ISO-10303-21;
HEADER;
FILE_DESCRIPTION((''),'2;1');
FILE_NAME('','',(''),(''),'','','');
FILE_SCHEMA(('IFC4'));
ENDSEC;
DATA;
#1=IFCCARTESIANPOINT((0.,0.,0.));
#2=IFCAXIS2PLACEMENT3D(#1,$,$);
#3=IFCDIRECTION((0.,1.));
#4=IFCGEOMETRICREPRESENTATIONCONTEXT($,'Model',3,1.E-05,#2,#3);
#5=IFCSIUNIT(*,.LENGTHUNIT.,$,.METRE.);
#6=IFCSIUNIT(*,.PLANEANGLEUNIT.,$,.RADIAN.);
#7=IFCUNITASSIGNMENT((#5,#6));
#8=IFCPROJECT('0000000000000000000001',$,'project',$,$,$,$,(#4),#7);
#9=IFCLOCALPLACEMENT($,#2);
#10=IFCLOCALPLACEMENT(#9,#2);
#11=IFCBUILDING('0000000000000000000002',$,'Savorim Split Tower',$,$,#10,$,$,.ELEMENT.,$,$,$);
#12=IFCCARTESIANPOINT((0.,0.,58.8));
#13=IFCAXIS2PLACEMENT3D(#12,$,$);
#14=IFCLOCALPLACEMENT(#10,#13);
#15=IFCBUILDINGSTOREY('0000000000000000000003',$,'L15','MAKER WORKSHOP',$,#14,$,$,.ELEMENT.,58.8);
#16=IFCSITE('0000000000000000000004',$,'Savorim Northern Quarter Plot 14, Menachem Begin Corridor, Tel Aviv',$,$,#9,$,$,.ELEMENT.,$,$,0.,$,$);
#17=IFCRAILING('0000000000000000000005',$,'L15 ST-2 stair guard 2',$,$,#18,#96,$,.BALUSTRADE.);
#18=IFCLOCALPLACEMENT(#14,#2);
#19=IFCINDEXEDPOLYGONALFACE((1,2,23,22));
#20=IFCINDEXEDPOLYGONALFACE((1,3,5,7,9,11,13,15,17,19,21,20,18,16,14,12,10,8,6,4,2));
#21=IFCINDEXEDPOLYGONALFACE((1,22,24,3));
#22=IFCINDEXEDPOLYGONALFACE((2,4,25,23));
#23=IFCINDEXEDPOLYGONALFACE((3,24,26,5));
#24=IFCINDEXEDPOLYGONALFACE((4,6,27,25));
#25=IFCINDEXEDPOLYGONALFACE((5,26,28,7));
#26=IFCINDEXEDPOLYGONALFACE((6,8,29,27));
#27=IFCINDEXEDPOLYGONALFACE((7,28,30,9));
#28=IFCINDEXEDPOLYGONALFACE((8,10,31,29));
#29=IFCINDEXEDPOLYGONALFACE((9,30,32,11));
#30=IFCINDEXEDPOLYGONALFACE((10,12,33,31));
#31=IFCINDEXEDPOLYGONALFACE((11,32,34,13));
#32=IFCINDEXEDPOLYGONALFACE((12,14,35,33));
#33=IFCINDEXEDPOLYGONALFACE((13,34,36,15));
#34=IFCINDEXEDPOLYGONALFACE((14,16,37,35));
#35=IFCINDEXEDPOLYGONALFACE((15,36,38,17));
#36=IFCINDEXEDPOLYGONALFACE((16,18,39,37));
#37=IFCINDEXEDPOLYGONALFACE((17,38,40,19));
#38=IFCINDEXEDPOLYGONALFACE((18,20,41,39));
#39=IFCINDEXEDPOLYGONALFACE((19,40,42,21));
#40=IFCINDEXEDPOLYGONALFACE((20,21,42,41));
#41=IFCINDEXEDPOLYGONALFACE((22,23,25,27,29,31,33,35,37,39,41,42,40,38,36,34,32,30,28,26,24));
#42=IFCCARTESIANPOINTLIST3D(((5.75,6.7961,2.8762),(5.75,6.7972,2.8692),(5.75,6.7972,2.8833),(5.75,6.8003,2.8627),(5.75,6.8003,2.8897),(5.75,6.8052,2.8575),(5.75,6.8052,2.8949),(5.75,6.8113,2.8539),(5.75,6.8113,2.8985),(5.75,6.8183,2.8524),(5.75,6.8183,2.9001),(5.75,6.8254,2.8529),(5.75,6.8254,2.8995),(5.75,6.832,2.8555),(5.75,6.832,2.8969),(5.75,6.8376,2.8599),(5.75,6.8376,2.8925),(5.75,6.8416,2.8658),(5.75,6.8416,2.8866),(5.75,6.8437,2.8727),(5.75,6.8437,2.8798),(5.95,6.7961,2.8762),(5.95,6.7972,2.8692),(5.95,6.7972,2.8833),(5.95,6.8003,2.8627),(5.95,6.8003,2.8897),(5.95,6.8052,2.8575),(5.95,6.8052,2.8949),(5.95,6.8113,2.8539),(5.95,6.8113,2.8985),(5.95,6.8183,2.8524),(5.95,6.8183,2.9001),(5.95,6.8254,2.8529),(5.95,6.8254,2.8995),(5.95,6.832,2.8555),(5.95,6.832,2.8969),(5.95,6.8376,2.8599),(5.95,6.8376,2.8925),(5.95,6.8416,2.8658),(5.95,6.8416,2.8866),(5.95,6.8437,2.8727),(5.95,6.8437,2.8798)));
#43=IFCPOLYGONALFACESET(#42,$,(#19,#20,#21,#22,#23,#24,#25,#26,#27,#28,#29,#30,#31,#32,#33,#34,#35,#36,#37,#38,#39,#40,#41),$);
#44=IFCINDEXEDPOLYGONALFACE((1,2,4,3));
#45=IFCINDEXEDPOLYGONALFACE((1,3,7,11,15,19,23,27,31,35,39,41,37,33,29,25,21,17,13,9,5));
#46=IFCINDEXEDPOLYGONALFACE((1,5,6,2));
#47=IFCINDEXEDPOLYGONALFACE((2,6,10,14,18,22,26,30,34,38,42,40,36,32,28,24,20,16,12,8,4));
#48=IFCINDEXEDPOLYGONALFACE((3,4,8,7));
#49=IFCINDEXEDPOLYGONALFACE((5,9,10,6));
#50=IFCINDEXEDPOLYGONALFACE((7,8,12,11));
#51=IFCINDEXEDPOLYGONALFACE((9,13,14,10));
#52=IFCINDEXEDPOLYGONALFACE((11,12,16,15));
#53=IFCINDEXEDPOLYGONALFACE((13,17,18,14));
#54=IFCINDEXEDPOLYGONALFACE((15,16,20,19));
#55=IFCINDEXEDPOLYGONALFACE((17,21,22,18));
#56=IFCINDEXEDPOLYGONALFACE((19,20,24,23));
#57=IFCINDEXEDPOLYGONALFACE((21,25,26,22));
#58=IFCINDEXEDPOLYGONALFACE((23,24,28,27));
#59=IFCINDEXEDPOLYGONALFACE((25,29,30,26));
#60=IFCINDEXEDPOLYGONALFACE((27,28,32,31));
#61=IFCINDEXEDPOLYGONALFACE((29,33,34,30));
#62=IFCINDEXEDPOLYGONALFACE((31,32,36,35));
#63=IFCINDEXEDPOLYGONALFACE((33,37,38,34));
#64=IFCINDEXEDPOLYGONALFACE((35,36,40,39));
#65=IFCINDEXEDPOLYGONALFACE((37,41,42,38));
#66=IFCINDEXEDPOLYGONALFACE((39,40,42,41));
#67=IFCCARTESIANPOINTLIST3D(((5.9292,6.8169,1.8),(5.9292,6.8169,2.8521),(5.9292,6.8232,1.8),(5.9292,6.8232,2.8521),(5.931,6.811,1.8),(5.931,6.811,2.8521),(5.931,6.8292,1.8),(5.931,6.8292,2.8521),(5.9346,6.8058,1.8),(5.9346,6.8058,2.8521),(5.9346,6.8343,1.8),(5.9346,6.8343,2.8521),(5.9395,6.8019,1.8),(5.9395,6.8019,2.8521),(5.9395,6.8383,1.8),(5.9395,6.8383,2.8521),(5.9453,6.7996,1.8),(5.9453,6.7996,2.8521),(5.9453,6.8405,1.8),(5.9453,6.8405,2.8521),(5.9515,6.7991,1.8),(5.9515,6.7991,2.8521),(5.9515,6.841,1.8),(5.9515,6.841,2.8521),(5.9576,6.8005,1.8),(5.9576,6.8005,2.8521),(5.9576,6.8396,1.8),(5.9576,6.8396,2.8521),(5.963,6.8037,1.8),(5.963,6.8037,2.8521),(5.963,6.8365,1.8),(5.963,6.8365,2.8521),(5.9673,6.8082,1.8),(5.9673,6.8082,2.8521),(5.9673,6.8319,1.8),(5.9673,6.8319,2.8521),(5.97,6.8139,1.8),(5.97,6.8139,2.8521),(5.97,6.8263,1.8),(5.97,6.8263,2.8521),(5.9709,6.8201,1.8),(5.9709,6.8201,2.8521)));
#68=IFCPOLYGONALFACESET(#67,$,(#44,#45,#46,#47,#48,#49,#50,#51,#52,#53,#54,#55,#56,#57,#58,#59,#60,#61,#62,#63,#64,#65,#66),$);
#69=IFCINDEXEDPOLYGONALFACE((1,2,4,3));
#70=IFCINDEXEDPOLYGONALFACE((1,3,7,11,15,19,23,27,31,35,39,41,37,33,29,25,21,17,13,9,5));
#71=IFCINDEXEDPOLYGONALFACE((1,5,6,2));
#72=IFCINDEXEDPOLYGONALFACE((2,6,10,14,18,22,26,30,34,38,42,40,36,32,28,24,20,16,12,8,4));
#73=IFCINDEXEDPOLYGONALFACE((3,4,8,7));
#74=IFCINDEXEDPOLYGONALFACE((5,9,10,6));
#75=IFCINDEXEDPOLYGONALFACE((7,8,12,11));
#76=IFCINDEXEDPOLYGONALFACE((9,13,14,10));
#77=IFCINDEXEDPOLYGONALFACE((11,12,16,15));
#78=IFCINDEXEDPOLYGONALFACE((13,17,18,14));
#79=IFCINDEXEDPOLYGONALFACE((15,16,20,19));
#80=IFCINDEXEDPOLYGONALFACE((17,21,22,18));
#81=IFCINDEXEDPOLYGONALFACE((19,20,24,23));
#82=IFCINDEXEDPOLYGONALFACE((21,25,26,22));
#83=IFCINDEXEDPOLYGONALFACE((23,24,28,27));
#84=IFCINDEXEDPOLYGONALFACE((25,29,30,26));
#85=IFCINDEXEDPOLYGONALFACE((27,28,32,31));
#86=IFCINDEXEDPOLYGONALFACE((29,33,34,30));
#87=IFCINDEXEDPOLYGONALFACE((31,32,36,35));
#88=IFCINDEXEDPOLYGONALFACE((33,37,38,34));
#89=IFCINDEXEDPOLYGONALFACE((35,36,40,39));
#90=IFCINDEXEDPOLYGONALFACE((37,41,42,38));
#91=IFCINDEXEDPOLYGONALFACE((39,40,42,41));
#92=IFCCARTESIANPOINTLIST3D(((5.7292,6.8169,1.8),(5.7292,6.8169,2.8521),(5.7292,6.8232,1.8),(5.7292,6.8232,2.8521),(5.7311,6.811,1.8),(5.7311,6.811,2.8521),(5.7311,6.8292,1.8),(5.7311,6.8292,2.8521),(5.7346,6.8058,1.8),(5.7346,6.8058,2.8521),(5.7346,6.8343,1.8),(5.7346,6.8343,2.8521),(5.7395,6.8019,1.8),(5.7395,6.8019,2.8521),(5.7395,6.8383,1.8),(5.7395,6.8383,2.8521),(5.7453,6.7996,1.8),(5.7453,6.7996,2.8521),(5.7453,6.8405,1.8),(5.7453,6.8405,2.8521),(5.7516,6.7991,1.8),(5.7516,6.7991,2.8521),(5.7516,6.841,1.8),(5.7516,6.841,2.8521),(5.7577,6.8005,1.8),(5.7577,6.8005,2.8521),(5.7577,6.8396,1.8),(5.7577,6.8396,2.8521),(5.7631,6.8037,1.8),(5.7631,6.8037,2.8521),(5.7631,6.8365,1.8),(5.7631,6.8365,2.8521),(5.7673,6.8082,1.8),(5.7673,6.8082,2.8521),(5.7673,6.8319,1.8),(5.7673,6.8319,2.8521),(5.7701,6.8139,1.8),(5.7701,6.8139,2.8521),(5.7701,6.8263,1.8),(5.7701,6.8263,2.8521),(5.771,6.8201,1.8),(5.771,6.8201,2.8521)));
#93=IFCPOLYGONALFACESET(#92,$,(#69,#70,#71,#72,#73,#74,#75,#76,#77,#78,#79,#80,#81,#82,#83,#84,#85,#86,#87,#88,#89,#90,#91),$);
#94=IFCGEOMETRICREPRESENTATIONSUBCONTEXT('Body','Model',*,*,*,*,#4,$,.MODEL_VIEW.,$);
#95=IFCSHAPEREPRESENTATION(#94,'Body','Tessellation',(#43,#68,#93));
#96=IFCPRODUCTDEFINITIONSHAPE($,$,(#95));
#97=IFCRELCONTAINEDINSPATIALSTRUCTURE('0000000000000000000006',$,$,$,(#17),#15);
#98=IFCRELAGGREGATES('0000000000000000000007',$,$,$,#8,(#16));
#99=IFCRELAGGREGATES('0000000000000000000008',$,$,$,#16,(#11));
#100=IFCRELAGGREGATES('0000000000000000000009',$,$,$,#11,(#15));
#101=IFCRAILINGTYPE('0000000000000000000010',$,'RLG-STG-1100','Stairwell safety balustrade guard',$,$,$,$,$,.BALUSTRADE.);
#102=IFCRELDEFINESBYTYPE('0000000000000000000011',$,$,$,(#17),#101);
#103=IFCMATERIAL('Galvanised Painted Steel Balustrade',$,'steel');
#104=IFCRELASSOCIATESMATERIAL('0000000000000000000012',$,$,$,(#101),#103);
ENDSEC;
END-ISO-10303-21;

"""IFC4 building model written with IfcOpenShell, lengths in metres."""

from ifc_helpers import new_model, si_unit, direction, frame, origin, origin_2d, place, context, subcontext, project, spatial, circle, extrude, material, type_object, element, save


model = new_model("IFC4")

# Units and contexts
model_context = context("Model", 3, precision=1e-05, world=origin(), true_north=direction((0.0, 1.0)))
body_context = subcontext(model_context, "Body", "Model", "MODEL_VIEW")
ifc_project = project(units=[si_unit("LENGTHUNIT", "METRE"), si_unit("PLANEANGLEUNIT", "RADIAN")], contexts=[model_context])

# Site, building, storey
site_placement = place(None, origin())
site = spatial("IfcSite", under=ifc_project, at=site_placement, Name="Savorim Northern Quarter Plot 14, Menachem Begin Corridor, Tel Aviv", CompositionType="ELEMENT", RefElevation=0.0)
building_placement = place(site_placement, origin())
building = spatial("IfcBuilding", under=site, at=building_placement, Name="Savorim Split Tower", CompositionType="ELEMENT")
storey_placement = place(building_placement, frame((0.0, 0.0, 58.8)))
storey = spatial("IfcBuildingStorey", under=building, at=storey_placement, Name="L15", Description="MAKER WORKSHOP", CompositionType="ELEMENT", Elevation=58.8)

# Railing
ifc_material_1 = material(Name="Galvanised Painted Steel Balustrade", Category="steel")
railing_type_1 = type_object("IfcRailingType", Name="RLG-STG-1100", Description="Stairwell safety balustrade guard", PredefinedType="BALUSTRADE", material=ifc_material_1)
railing_1_placement = place(storey_placement, frame((5.95, 6.8201, 1.8)))
element("IfcRailing", 1, at=railing_1_placement, inside=storey, type_object=railing_type_1, Name="L15 ST-2 stair guard 2", PredefinedType="BALUSTRADE", context=body_context, shape_type="SweptSolid", body=[
    extrude(circle(Radius=0.0239, at=origin_2d()), frame((0.0, 0.0, 1.0762), z_axis=(-1.0, 0.0, 0.0), x_axis=(0.0, -1.0, 0.0)), (0.0, 0.0, 1.0), 0.2),
    extrude(circle(Radius=0.021, at=origin_2d()), origin(), (0.0, 0.0, 1.0), 1.052),
    extrude(circle(Radius=0.021, at=origin_2d()), frame((-0.2, 0.0, 0.0)), (0.0, 0.0, 1.0), 1.052),
])

save(model, "model.ifc")
